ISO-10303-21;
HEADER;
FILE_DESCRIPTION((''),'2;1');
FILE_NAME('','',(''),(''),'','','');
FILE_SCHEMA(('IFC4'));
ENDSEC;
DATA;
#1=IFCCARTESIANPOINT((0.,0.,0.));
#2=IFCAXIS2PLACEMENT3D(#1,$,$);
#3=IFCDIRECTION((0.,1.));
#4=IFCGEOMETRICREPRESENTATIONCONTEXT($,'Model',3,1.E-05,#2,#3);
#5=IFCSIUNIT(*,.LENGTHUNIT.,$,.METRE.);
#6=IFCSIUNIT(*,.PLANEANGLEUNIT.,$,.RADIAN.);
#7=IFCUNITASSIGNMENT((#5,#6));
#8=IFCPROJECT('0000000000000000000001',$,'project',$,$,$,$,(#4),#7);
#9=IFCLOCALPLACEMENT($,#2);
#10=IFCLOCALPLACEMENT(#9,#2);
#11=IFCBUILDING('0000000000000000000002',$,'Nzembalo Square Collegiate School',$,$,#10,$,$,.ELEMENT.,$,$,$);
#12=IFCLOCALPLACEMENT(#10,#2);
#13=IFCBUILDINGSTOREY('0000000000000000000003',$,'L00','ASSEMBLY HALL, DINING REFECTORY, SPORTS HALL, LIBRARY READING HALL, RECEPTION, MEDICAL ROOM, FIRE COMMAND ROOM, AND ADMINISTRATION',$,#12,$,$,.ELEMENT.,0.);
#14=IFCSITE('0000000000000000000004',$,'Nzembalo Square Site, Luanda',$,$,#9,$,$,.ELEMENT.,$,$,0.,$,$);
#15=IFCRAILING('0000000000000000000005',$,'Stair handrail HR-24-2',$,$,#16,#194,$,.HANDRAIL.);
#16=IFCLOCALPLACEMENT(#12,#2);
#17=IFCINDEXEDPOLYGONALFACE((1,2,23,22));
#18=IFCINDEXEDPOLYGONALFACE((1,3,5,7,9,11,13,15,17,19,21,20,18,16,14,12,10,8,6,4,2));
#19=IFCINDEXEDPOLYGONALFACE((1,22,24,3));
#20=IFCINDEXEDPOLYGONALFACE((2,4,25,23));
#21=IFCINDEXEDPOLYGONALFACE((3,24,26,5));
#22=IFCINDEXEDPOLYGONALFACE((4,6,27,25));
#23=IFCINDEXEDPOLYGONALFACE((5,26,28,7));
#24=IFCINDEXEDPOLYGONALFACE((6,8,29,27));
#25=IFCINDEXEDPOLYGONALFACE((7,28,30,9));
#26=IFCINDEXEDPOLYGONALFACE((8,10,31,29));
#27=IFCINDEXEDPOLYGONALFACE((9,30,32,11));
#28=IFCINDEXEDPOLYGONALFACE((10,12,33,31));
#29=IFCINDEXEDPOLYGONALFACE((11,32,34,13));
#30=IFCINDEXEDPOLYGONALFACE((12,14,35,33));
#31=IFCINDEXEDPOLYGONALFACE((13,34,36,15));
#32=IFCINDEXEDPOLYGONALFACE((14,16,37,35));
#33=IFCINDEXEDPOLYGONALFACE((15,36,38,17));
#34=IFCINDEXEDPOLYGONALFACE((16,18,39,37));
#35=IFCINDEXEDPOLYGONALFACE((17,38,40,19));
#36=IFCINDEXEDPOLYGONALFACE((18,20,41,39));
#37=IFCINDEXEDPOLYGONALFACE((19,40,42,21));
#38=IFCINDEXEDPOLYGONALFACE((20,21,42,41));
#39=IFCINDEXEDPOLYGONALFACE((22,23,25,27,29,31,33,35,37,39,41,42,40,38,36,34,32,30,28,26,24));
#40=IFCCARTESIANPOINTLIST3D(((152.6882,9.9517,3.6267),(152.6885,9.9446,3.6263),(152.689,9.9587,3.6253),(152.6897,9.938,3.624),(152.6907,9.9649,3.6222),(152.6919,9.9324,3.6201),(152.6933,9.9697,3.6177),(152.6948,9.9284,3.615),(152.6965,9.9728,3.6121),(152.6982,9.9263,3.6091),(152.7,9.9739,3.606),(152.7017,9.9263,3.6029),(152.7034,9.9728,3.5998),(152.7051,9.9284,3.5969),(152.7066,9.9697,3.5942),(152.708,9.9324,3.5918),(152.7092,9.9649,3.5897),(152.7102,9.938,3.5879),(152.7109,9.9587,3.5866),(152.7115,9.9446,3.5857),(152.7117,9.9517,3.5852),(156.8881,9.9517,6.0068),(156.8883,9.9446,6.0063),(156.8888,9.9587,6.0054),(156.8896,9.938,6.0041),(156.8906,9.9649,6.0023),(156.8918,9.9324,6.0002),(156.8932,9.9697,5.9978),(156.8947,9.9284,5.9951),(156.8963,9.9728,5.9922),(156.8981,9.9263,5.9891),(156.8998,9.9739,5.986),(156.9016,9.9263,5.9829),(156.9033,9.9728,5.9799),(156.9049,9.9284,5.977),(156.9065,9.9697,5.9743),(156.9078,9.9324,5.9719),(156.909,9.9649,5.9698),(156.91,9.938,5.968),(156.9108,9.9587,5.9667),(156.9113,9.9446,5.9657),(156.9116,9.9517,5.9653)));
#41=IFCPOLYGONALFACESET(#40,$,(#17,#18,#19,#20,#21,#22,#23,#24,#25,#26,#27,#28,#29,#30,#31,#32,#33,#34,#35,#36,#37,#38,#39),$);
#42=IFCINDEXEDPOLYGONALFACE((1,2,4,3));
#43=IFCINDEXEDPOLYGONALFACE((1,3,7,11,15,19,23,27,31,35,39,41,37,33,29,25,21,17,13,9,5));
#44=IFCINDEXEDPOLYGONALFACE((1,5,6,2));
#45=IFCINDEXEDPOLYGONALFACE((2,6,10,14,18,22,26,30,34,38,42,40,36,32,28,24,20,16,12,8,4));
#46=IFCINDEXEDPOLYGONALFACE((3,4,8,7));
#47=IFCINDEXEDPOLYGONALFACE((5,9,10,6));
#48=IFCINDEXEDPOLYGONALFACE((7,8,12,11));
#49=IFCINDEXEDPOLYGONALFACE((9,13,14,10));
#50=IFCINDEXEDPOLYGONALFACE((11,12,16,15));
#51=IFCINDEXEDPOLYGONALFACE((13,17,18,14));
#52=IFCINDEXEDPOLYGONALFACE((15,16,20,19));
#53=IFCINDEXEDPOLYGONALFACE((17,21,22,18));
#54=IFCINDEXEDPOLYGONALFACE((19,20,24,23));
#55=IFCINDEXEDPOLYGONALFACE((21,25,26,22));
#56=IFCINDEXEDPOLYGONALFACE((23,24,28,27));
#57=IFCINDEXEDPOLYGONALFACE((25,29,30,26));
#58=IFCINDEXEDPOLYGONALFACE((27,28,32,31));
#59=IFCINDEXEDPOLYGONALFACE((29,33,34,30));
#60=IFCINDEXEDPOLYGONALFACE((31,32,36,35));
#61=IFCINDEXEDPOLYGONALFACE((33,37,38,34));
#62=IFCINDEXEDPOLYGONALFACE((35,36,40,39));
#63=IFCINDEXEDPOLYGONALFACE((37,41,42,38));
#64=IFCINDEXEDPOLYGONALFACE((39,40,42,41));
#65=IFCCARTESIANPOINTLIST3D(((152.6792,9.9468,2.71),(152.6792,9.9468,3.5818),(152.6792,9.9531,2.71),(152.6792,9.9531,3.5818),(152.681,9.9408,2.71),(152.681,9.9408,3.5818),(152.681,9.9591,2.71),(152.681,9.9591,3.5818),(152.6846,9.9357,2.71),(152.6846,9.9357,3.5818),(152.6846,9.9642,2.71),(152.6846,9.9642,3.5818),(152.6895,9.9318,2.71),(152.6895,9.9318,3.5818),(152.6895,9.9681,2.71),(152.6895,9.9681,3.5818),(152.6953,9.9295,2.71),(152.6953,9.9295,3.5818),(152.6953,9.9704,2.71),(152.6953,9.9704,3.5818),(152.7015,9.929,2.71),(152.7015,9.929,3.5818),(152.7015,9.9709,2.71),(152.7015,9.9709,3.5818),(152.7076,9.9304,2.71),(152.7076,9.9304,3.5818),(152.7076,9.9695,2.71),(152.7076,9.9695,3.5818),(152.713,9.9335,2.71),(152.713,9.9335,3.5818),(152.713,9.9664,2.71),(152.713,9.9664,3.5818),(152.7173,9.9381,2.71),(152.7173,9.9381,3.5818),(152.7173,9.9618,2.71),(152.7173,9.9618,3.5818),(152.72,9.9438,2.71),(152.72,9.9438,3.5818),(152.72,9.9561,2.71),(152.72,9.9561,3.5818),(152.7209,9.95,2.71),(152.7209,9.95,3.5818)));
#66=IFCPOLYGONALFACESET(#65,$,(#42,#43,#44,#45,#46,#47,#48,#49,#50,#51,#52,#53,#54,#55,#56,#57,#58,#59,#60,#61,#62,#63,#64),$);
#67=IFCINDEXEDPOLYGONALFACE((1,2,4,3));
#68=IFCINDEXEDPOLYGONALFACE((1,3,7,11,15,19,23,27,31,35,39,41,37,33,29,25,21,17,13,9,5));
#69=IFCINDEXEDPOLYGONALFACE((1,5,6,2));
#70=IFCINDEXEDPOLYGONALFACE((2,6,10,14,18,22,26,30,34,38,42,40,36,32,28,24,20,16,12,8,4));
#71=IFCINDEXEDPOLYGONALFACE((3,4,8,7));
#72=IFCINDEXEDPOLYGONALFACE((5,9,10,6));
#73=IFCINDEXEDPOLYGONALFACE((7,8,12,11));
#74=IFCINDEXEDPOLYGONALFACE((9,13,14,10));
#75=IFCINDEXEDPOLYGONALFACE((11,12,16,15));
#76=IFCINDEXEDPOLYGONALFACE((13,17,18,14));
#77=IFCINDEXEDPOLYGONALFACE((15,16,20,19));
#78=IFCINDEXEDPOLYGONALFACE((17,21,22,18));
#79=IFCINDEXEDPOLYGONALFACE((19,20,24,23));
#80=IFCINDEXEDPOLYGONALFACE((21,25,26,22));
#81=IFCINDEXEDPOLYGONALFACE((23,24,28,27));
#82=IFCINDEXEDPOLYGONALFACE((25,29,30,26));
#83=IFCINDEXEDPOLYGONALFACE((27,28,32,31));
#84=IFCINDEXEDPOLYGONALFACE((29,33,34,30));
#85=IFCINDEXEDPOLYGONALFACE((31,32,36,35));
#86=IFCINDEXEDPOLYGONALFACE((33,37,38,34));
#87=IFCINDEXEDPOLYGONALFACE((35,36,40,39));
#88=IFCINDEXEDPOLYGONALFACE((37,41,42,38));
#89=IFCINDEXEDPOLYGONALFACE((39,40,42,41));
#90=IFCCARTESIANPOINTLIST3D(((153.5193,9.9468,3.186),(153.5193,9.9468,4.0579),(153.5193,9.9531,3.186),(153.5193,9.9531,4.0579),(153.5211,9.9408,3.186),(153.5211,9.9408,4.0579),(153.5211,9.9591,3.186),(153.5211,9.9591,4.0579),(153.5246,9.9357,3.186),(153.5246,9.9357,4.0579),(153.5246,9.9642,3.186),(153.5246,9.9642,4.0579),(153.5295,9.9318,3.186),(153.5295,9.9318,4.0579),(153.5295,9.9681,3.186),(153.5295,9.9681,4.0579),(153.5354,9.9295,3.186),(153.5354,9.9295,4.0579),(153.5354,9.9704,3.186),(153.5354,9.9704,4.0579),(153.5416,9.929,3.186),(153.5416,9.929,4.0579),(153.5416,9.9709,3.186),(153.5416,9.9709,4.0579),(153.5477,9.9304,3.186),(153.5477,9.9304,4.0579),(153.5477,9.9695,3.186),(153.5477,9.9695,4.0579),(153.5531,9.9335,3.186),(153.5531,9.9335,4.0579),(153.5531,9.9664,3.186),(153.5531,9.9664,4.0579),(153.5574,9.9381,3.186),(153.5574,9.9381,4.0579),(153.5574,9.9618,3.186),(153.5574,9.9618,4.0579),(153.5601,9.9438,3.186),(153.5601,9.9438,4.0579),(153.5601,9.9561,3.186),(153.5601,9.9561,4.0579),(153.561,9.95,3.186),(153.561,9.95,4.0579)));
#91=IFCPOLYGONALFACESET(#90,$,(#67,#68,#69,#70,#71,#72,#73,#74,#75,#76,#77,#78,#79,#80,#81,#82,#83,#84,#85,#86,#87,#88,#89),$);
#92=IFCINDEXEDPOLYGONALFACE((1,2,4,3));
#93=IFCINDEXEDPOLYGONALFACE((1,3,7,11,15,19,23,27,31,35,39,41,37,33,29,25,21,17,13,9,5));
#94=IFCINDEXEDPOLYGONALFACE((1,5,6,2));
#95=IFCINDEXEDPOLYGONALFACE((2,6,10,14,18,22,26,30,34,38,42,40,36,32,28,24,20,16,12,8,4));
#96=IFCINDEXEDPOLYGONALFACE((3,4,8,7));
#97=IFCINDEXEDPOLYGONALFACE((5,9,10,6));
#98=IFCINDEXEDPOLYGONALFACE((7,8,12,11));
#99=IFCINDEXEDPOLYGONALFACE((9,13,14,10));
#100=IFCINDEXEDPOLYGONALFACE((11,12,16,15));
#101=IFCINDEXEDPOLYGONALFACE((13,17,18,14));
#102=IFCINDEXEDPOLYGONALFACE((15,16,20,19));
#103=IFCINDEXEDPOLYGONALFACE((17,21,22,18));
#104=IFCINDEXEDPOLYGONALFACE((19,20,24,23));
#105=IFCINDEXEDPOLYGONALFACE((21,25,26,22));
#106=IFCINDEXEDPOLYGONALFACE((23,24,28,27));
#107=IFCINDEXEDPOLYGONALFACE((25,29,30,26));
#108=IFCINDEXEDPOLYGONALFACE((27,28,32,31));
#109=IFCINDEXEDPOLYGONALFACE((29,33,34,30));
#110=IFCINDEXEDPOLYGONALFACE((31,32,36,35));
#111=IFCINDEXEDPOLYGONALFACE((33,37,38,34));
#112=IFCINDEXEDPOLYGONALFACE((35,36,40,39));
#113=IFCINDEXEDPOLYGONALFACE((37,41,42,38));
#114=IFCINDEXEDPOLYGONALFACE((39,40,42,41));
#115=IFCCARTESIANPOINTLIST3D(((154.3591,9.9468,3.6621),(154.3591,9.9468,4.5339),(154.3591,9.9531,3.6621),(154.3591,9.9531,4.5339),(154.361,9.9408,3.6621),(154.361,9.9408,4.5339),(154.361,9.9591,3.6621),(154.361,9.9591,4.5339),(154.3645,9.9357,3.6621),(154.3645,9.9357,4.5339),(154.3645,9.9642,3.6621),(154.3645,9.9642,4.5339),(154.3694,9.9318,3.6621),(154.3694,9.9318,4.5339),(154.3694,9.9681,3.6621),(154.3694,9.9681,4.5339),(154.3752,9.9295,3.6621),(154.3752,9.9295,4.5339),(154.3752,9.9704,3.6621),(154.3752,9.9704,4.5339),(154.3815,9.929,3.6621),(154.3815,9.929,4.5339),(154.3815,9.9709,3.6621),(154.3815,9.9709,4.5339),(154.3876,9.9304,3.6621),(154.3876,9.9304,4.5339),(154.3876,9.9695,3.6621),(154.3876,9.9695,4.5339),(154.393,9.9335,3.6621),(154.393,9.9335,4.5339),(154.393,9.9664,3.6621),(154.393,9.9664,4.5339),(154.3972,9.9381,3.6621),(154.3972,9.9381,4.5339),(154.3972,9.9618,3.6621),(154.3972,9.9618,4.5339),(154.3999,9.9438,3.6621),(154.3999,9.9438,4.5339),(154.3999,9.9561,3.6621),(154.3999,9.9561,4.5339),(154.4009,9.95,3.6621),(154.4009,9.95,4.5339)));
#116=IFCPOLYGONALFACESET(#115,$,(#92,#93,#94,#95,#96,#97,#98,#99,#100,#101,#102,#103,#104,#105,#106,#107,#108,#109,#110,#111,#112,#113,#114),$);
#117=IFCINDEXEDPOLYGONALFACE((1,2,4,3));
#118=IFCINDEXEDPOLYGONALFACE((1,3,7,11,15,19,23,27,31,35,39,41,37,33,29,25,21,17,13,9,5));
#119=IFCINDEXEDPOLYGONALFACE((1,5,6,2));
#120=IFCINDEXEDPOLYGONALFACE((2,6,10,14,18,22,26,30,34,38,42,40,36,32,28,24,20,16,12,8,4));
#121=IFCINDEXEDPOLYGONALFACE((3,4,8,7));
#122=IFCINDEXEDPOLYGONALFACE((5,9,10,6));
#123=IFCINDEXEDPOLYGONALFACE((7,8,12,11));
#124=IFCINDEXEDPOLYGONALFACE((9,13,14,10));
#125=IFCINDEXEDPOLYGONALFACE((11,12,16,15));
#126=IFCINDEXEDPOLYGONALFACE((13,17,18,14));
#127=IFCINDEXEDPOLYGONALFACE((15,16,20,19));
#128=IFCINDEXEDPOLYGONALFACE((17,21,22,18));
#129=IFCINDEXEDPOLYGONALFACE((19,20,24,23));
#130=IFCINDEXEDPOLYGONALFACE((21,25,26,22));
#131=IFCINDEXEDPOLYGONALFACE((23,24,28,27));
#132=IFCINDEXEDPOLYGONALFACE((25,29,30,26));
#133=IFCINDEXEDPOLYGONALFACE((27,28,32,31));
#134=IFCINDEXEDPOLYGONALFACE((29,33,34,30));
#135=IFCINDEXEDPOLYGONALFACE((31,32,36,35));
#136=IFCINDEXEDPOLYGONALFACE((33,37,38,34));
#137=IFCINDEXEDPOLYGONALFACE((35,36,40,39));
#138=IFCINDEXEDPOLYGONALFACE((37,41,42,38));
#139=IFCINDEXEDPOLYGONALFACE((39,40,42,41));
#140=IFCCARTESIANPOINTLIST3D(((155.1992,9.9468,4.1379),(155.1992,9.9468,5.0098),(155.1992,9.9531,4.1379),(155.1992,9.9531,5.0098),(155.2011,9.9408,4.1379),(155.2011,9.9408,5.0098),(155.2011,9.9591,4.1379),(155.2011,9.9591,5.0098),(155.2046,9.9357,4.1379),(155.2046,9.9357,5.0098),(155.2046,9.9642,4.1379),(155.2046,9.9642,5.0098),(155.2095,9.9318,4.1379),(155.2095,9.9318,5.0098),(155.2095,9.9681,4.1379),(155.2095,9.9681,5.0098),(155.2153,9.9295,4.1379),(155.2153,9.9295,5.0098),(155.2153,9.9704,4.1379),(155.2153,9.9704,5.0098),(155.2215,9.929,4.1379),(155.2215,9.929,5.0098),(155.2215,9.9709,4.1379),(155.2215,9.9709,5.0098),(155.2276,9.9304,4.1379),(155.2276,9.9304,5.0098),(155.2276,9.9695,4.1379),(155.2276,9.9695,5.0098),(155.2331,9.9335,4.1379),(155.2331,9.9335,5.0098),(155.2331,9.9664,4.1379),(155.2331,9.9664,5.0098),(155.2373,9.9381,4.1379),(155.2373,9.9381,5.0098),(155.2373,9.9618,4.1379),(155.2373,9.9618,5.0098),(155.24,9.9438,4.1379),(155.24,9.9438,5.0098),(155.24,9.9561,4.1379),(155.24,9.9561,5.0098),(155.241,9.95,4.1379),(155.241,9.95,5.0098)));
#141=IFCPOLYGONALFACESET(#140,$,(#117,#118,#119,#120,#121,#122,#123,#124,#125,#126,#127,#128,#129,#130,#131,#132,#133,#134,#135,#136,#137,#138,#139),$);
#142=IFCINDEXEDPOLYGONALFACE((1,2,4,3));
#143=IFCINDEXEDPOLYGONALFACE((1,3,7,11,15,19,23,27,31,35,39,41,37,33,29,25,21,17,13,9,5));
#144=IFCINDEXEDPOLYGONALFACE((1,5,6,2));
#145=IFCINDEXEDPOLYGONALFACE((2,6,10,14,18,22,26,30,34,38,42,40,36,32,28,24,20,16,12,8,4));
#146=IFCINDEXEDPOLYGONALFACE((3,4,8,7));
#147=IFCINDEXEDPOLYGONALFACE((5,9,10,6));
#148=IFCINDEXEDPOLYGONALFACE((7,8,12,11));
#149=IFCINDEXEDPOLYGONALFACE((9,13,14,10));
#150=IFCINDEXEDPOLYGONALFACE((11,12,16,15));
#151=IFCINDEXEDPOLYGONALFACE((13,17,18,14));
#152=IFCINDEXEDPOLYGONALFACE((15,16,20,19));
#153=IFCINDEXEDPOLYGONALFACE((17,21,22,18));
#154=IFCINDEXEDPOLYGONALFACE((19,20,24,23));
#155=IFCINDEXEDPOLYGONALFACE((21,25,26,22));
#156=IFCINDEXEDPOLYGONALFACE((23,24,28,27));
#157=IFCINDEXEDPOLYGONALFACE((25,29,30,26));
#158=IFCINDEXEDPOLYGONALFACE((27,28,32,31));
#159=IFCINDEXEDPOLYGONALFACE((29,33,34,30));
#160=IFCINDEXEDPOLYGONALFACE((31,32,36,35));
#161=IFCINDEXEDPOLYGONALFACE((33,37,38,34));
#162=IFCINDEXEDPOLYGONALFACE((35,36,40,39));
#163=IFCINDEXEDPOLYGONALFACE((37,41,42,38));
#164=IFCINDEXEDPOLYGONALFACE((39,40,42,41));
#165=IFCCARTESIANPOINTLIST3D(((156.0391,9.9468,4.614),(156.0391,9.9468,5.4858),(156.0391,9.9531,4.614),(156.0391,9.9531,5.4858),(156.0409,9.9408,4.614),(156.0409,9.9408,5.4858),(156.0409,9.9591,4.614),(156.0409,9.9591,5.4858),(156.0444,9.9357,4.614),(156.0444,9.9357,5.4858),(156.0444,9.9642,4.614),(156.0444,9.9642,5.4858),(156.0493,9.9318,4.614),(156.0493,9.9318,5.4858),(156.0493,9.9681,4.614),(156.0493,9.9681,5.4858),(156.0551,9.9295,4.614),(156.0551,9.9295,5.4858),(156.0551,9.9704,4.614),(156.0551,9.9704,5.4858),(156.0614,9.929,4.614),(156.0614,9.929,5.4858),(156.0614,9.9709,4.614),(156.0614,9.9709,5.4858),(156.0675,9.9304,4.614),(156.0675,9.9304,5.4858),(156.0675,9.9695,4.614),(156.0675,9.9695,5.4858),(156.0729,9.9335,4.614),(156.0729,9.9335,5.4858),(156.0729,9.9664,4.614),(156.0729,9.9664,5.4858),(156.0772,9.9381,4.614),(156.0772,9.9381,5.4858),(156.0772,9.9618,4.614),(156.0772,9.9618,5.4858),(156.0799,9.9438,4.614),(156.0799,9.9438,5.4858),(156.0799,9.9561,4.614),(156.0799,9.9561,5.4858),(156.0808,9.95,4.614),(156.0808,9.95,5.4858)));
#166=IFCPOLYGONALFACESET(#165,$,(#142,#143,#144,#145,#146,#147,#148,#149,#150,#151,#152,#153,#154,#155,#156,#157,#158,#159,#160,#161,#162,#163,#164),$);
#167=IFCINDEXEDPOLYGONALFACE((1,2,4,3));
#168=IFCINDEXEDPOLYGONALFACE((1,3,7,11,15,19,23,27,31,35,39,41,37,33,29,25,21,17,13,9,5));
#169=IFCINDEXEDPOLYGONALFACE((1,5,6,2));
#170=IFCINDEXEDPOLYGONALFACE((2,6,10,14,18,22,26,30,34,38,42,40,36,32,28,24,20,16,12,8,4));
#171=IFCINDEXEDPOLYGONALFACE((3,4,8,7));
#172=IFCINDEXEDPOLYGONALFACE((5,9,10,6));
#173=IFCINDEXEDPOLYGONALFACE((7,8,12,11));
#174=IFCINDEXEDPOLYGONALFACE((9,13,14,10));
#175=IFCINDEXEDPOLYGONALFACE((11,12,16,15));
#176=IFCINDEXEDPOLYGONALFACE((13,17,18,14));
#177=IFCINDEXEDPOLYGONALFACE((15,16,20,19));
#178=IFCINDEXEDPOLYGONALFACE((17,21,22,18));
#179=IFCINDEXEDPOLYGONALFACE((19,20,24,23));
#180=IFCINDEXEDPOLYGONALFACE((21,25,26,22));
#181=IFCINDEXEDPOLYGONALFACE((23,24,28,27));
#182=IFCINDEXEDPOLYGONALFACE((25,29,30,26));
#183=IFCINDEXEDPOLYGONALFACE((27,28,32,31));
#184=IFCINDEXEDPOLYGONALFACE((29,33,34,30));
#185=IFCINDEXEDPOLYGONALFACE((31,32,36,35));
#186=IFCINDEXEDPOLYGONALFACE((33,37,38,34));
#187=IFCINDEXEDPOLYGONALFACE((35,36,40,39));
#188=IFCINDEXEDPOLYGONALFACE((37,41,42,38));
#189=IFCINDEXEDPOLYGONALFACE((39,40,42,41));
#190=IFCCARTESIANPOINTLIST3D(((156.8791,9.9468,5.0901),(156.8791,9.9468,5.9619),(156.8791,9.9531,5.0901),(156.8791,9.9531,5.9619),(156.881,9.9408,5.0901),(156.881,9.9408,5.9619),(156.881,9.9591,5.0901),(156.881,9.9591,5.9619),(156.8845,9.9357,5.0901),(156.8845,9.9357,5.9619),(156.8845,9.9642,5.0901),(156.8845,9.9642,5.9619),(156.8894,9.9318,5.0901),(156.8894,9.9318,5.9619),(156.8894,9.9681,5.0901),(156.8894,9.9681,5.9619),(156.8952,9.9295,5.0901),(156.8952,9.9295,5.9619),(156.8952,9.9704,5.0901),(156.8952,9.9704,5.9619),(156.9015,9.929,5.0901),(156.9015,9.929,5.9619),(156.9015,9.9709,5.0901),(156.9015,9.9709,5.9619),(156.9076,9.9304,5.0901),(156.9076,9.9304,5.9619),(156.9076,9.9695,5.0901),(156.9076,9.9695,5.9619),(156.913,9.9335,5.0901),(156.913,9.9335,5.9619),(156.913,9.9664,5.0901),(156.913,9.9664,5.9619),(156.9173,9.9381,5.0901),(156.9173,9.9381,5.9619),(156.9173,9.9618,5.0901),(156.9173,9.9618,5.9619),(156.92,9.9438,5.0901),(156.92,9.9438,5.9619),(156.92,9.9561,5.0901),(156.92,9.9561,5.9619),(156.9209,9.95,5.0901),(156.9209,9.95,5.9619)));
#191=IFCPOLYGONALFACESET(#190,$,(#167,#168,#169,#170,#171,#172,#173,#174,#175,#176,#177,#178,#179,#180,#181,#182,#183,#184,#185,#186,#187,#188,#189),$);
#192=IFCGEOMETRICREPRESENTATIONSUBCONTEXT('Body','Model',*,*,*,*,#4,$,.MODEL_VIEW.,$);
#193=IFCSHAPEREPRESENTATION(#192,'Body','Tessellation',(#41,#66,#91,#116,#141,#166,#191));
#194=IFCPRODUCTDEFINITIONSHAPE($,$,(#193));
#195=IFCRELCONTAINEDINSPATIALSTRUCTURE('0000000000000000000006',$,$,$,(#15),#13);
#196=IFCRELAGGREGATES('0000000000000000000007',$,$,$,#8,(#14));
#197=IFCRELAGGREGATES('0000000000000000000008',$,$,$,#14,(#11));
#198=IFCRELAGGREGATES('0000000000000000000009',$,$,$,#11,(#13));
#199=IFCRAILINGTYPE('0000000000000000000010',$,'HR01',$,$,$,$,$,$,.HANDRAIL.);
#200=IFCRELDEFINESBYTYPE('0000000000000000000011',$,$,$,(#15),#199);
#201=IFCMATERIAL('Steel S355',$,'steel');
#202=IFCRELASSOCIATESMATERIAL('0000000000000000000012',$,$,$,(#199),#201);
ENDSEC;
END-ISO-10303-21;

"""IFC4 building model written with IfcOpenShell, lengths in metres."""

from ifc_helpers import new_model, si_unit, direction, frame, origin, origin_2d, place, context, subcontext, project, spatial, circle, extrude, material, type_object, element, save


model = new_model("IFC4")

# Units and contexts
model_context = context("Model", 3, precision=1e-05, world=origin(), true_north=direction((0.0, 1.0)))
body_context = subcontext(model_context, "Body", "Model", "MODEL_VIEW")
ifc_project = project(units=[si_unit("LENGTHUNIT", "METRE"), si_unit("PLANEANGLEUNIT", "RADIAN")], contexts=[model_context])

# Site, building, storey
site_placement = place(None, origin())
site = spatial("IfcSite", under=ifc_project, at=site_placement, Name="Nzembalo Square Site, Luanda", CompositionType="ELEMENT", RefElevation=0.0)
building_placement = place(site_placement, origin())
building = spatial("IfcBuilding", under=site, at=building_placement, Name="Nzembalo Square Collegiate School", CompositionType="ELEMENT")
storey_placement = place(building_placement, origin())
storey = spatial("IfcBuildingStorey", under=building, at=storey_placement, Name="L00", Description="ASSEMBLY HALL, DINING REFECTORY, SPORTS HALL, LIBRARY READING HALL, RECEPTION, MEDICAL ROOM, FIRE COMMAND ROOM, AND ADMINISTRATION", CompositionType="ELEMENT", Elevation=0.0)

# Railing
ifc_material_1 = material(Name="Steel S355", Category="steel")
railing_type_1 = type_object("IfcRailingType", Name="HR01", PredefinedType="HANDRAIL", material=ifc_material_1)
railing_1_placement = place(storey_placement, frame((152.7, 9.95, 2.71)))
element("IfcRailing", 1, at=railing_1_placement, inside=storey, type_object=railing_type_1, Name="Stair handrail HR-24-2", PredefinedType="HANDRAIL", context=body_context, shape_type="SweptSolid", body=[
    extrude(circle(Radius=0.0239, at=origin_2d()), frame((0.0, 0.0, 0.896), z_axis=(0.870008, 0.0, 0.493037), x_axis=(0.0, 1.0, 0.0)), (0.0, 0.0, 1.0), 4.8274),
    extrude(circle(Radius=0.021, at=origin_2d()), origin(), (0.0, 0.0, 1.0), 0.8718),
    extrude(circle(Radius=0.021, at=origin_2d()), frame((0.8401, 0.0, 0.4761)), (0.0, 0.0, 1.0), 0.8718),
    extrude(circle(Radius=0.021, at=origin_2d()), frame((1.6799, 0.0, 0.9521)), (0.0, 0.0, 1.0), 0.8718),
    extrude(circle(Radius=0.021, at=origin_2d()), frame((2.52, 0.0, 1.428)), (0.0, 0.0, 1.0), 0.8718),
    extrude(circle(Radius=0.021, at=origin_2d()), frame((3.3599, 0.0, 1.9041)), (0.0, 0.0, 1.0), 0.8718),
    extrude(circle(Radius=0.021, at=origin_2d()), frame((4.2, 0.0, 2.3801)), (0.0, 0.0, 1.0), 0.8718),
])

save(model, "model.ifc")
